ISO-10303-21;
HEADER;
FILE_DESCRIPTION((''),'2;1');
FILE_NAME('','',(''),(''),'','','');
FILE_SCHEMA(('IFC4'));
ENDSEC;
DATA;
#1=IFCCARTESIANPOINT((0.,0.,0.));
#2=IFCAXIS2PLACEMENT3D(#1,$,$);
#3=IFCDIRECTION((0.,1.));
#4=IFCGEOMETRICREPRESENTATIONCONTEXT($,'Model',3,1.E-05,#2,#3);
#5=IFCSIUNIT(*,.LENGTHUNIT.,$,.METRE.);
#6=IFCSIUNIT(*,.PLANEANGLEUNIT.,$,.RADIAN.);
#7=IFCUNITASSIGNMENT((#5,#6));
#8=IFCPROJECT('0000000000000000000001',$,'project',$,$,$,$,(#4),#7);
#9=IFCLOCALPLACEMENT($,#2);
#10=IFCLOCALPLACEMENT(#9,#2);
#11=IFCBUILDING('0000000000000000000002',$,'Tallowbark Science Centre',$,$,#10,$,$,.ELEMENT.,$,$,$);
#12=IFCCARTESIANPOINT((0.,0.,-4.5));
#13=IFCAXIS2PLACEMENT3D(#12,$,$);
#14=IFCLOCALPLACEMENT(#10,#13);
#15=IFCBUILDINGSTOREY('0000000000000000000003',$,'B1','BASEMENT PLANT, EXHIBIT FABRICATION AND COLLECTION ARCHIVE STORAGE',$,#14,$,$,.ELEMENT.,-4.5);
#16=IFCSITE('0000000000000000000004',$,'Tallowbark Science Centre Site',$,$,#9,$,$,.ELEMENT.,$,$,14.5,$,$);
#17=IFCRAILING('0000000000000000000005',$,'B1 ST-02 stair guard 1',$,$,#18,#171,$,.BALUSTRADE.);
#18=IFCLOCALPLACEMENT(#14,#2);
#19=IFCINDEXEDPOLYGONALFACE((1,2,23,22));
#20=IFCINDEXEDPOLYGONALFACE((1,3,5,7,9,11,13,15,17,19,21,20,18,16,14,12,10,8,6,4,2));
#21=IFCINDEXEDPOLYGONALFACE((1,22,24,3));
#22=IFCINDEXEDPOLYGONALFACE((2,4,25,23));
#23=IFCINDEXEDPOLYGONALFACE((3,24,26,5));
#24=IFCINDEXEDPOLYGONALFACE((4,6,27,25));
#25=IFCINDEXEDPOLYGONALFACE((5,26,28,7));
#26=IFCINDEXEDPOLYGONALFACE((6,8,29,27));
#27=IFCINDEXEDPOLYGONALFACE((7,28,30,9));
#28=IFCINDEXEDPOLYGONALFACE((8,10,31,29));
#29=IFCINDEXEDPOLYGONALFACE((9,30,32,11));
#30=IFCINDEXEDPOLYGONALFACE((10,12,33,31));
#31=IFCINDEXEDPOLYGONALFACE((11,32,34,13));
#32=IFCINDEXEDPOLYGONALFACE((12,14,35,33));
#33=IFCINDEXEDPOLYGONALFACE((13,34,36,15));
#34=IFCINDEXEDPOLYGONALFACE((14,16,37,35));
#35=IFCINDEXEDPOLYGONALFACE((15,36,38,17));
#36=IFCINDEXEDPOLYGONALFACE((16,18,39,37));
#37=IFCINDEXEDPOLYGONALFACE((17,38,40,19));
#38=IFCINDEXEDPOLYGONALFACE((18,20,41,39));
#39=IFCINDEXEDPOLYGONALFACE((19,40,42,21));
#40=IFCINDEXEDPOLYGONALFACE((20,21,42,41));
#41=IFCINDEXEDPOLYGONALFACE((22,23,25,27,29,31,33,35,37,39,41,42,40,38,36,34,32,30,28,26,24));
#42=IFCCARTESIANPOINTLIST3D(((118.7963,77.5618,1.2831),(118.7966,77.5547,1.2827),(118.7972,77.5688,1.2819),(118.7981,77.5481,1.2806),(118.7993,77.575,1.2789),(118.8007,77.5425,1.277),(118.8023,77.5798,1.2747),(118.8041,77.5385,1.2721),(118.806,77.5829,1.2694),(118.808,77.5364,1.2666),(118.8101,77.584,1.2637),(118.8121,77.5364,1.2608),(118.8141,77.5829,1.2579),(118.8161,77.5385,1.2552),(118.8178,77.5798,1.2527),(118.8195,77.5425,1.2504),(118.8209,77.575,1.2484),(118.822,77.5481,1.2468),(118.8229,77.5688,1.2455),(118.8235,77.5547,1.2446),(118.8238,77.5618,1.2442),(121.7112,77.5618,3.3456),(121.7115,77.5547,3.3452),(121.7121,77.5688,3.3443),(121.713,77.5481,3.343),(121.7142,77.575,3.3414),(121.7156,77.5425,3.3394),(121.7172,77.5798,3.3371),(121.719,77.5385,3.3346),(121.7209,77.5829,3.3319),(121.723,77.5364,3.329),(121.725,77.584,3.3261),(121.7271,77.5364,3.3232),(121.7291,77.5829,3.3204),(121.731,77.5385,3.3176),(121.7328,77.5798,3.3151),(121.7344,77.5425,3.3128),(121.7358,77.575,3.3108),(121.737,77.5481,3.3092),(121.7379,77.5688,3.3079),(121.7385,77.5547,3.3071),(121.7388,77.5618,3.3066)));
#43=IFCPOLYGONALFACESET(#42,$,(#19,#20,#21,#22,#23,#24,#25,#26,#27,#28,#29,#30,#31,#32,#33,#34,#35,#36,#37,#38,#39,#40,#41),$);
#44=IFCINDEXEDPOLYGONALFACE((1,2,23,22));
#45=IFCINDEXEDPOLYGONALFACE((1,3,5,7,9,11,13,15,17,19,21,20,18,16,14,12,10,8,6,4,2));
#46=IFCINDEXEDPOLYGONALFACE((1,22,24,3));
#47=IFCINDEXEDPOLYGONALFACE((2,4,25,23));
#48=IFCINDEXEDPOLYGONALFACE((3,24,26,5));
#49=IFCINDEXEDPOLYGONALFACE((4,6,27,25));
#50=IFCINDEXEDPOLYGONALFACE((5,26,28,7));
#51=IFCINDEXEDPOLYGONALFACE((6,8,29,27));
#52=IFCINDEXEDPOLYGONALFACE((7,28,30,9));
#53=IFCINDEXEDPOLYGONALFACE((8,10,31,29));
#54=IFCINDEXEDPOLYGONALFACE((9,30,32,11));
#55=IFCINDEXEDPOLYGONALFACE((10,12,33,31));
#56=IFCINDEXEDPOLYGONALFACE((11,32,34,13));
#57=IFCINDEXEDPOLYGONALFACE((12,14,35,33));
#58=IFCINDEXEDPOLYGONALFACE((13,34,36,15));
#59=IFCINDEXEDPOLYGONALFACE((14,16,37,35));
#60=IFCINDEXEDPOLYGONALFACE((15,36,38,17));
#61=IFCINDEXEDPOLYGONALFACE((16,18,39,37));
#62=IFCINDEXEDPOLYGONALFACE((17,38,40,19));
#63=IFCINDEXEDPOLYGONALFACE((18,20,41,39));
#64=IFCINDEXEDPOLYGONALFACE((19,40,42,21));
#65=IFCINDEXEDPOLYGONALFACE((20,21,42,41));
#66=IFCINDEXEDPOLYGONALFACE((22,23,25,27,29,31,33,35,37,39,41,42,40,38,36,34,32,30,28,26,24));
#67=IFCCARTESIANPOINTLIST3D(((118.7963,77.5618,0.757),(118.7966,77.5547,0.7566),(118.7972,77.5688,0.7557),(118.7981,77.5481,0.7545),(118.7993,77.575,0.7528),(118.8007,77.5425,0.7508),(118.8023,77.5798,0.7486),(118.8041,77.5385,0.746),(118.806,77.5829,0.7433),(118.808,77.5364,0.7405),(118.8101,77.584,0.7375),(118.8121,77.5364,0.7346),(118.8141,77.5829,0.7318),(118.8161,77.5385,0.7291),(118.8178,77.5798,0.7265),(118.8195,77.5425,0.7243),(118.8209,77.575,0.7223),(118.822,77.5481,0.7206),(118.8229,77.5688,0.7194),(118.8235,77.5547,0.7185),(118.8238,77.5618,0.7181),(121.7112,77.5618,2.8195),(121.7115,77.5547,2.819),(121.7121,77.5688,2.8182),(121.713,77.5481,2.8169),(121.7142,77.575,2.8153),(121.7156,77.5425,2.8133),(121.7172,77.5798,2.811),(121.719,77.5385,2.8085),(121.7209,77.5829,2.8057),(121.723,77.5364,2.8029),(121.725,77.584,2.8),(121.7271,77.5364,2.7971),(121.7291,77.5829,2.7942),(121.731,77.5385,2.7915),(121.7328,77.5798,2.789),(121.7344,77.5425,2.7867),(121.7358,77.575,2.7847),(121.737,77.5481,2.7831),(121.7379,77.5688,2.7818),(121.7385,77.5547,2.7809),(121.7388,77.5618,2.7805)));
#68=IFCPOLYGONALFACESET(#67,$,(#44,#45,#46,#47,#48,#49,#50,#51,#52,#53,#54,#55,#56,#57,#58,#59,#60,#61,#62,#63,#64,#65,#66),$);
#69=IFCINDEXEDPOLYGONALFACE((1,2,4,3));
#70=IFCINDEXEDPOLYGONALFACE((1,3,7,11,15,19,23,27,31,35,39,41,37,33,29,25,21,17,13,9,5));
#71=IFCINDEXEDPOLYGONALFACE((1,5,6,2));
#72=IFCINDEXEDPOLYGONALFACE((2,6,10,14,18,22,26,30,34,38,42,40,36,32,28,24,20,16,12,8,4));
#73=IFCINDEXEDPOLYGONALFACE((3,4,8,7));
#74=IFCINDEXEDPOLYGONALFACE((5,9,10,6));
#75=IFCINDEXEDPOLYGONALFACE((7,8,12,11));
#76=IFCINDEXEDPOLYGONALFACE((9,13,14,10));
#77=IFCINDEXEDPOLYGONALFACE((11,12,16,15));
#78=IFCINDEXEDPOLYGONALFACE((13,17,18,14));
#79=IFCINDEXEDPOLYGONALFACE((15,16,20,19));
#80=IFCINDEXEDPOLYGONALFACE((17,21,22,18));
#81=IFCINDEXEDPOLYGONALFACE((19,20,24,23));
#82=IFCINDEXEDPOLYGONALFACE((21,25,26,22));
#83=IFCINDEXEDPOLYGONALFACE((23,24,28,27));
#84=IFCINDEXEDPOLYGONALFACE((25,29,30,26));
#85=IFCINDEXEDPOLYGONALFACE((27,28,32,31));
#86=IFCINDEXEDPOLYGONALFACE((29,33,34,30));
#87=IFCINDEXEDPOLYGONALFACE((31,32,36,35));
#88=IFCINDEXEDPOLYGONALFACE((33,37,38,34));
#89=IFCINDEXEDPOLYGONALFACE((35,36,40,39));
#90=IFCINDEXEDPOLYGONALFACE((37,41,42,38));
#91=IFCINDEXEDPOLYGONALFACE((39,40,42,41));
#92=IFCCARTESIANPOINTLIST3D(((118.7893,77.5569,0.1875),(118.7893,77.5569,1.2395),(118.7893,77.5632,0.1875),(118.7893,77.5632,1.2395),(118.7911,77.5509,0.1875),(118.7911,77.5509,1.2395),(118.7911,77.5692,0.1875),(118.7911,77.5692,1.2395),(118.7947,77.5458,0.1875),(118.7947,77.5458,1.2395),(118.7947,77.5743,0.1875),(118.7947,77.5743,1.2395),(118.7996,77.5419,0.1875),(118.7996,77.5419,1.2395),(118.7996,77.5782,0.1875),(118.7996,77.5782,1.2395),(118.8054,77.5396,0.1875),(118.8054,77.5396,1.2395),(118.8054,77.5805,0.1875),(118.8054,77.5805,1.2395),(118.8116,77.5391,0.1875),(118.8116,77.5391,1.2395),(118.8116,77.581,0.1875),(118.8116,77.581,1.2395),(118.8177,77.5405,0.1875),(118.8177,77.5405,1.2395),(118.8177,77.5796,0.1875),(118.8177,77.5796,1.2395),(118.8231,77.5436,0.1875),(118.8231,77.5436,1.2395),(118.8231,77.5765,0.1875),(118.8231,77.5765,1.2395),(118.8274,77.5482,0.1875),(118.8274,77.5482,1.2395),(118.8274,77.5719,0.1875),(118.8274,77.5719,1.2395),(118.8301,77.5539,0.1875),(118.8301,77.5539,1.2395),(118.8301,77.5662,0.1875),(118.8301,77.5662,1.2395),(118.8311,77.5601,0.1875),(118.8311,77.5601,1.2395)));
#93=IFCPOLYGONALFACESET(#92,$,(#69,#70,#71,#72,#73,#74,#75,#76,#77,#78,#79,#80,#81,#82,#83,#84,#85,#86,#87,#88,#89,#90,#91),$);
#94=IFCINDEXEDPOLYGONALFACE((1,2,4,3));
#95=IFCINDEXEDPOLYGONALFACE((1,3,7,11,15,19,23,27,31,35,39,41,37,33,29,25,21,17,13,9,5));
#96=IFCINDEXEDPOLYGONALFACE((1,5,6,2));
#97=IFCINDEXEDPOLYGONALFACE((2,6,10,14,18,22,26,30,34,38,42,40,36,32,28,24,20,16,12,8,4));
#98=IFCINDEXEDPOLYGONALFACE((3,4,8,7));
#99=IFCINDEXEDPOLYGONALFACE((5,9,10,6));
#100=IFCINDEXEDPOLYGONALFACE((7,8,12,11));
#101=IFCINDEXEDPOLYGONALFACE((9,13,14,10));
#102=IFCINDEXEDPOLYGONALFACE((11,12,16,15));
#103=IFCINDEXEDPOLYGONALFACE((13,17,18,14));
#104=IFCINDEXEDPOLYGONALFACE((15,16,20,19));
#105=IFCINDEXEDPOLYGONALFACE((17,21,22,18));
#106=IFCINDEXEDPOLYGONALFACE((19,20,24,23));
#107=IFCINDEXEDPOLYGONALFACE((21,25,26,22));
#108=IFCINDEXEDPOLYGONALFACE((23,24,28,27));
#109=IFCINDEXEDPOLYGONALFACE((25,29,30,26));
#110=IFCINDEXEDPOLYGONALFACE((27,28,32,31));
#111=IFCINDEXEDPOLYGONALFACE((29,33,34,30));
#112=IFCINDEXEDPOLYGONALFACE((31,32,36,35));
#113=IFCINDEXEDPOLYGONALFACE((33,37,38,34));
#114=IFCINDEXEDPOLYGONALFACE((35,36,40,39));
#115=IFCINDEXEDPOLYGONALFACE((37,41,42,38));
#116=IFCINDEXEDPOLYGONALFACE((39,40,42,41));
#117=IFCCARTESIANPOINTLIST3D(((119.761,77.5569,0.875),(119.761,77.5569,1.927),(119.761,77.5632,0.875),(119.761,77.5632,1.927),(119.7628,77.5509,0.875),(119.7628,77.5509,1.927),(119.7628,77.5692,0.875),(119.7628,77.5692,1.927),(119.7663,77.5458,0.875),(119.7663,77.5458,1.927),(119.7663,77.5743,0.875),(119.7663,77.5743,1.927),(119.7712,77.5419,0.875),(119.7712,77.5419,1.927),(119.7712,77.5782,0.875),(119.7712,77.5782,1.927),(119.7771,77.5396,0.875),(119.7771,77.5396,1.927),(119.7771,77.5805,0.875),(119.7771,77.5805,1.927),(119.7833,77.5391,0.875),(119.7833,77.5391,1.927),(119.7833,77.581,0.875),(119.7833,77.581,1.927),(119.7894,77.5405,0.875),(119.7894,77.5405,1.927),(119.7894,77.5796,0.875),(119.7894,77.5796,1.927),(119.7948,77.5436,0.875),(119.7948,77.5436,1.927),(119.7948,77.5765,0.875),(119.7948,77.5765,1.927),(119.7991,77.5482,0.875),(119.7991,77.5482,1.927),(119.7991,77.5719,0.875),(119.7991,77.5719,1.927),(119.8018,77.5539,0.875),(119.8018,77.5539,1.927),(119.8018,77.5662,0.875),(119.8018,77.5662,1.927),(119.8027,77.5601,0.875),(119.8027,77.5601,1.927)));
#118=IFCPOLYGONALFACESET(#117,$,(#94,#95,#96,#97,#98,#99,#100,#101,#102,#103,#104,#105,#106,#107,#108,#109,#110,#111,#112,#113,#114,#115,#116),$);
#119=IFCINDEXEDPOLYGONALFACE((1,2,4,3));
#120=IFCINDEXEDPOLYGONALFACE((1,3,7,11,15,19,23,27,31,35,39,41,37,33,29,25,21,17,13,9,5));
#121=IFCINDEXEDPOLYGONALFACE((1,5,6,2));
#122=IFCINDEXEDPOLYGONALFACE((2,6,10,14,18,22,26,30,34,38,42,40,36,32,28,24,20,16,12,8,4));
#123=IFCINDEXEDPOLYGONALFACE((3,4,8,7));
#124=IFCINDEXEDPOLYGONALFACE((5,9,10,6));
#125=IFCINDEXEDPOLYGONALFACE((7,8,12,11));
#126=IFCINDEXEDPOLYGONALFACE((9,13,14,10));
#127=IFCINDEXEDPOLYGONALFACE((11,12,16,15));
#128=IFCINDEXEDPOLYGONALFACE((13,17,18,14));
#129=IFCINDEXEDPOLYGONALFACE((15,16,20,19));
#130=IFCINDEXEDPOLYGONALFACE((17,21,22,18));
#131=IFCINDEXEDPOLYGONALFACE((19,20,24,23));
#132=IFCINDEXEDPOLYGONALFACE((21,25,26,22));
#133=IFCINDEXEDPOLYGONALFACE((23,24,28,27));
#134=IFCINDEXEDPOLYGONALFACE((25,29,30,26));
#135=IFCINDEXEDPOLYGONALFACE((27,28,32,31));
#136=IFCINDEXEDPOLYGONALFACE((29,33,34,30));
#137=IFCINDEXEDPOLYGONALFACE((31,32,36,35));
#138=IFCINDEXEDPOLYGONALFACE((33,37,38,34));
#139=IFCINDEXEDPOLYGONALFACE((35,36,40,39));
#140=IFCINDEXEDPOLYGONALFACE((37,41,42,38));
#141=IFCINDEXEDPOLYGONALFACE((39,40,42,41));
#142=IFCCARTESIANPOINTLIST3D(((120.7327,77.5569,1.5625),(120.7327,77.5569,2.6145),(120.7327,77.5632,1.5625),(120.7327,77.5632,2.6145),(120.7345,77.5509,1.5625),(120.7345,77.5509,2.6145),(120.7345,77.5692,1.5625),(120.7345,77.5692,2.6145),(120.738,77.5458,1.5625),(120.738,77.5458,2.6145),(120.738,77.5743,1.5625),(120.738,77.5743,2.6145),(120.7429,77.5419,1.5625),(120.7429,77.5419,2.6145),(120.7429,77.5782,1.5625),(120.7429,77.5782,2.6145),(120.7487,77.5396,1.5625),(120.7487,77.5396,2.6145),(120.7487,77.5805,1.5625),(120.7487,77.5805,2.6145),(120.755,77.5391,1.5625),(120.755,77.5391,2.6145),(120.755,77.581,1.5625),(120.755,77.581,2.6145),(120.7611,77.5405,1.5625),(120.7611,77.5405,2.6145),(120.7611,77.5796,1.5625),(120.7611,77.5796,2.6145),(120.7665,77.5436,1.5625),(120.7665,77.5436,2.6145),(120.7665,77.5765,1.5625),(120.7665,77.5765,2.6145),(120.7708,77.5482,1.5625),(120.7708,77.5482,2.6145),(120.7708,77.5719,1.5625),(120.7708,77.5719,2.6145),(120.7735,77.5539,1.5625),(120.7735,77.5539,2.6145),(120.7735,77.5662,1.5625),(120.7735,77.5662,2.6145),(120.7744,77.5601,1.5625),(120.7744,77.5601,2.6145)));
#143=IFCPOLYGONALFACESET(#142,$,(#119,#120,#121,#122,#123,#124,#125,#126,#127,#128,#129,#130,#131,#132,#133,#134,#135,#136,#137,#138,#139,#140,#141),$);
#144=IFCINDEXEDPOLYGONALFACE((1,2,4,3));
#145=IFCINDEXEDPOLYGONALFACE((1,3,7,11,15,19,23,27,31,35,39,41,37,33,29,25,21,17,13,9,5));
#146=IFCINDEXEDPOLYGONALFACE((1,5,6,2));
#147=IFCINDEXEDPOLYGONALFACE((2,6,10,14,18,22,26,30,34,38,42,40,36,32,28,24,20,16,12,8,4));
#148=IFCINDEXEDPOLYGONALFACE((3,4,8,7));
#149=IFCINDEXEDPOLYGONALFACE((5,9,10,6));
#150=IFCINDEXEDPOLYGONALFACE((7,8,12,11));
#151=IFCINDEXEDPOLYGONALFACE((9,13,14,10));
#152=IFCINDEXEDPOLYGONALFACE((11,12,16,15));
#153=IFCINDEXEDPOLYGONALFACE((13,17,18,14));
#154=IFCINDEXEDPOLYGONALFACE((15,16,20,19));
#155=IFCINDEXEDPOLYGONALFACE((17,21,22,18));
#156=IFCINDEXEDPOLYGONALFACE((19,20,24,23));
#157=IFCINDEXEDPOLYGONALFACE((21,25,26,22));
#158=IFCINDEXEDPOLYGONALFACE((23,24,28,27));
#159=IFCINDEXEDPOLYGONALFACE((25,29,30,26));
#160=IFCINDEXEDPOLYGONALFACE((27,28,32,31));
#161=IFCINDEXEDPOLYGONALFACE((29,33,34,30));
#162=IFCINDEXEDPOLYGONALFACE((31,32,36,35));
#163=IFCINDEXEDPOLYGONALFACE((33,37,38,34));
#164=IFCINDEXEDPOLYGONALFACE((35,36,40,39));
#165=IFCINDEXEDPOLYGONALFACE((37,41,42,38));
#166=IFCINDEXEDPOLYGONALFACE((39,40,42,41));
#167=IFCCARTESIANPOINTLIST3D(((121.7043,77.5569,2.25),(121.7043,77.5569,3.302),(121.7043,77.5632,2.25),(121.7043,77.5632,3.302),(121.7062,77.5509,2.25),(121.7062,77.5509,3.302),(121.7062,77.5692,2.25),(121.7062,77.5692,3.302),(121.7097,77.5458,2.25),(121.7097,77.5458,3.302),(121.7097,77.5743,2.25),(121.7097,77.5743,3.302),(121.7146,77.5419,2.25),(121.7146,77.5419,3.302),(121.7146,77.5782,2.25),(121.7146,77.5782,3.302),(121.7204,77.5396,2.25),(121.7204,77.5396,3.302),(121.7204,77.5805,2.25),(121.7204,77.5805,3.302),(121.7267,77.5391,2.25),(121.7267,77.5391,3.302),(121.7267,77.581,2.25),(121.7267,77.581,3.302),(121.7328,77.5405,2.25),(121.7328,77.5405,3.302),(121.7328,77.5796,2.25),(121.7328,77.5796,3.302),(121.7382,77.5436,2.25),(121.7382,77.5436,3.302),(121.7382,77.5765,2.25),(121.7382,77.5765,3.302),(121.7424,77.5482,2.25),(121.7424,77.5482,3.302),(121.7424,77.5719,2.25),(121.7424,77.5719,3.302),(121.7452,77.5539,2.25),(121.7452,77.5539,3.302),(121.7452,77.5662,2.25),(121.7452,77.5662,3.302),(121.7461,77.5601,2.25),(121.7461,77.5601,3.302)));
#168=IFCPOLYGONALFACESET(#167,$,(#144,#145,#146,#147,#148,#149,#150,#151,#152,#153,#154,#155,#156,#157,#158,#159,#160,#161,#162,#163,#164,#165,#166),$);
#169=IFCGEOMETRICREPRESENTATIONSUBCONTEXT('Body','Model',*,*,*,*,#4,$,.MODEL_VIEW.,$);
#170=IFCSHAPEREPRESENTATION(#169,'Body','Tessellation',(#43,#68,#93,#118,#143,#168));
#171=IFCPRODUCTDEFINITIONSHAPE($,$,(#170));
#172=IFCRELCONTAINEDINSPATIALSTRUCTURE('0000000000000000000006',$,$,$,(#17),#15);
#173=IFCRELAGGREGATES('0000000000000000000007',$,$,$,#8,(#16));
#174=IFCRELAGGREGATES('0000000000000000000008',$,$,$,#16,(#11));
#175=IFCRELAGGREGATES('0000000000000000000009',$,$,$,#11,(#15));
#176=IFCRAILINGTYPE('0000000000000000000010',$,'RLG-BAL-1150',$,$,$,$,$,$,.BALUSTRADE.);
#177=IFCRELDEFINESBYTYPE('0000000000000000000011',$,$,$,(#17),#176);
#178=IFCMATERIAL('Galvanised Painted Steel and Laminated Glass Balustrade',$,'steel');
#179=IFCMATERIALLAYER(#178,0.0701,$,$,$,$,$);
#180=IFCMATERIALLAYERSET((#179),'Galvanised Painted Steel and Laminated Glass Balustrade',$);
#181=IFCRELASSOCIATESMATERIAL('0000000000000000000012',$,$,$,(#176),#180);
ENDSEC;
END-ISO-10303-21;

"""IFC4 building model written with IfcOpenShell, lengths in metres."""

from ifc_helpers import new_model, si_unit, direction, frame, origin, origin_2d, place, context, subcontext, project, spatial, circle, extrude, material, layer, layer_set, type_object, element, save


model = new_model("IFC4")

# Units and contexts
model_context = context("Model", 3, precision=1e-05, world=origin(), true_north=direction((0.0, 1.0)))
body_context = subcontext(model_context, "Body", "Model", "MODEL_VIEW")
ifc_project = project(units=[si_unit("LENGTHUNIT", "METRE"), si_unit("PLANEANGLEUNIT", "RADIAN")], contexts=[model_context])

# Site, building, storey
site_placement = place(None, origin())
site = spatial("IfcSite", under=ifc_project, at=site_placement, Name="Tallowbark Science Centre Site", CompositionType="ELEMENT", RefElevation=14.5)
building_placement = place(site_placement, origin())
building = spatial("IfcBuilding", under=site, at=building_placement, Name="Tallowbark Science Centre", CompositionType="ELEMENT")
storey_placement = place(building_placement, frame((0.0, 0.0, -4.5)))
storey = spatial("IfcBuildingStorey", under=building, at=storey_placement, Name="B1", Description="BASEMENT PLANT, EXHIBIT FABRICATION AND COLLECTION ARCHIVE STORAGE", CompositionType="ELEMENT", Elevation=-4.5)

# Railing
ifc_material_1 = material(Name="Galvanised Painted Steel and Laminated Glass Balustrade", Category="steel")
ifc_layer_1 = layer(ifc_material_1, 0.0701)
ifc_layer_set_1 = layer_set([ifc_layer_1], Name="Galvanised Painted Steel and Laminated Glass Balustrade")
railing_type_1 = type_object("IfcRailingType", Name="RLG-BAL-1150", PredefinedType="BALUSTRADE", material=ifc_layer_set_1)
railing_1_placement = place(storey_placement, frame((118.8101, 77.5601, 0.1875)))
element("IfcRailing", 1, at=railing_1_placement, inside=storey, type_object=railing_type_1, Name="B1 ST-02 stair guard 1", PredefinedType="BALUSTRADE", context=body_context, shape_type="SweptSolid", body=[
    extrude(circle(Radius=0.0239, at=origin_2d()), frame((0.0, 0.0, 1.0762), z_axis=(0.816331, 0.0, 0.577585), x_axis=(0.0, 1.0, 0.0)), (0.0, 0.0, 1.0), 3.5708),
    extrude(circle(Radius=0.0239, at=origin_2d()), frame((0.0, 0.0, 0.55), z_axis=(0.816331, 0.0, 0.577585), x_axis=(0.0, 1.0, 0.0)), (0.0, 0.0, 1.0), 3.5708),
    extrude(circle(Radius=0.021, at=origin_2d()), origin(), (0.0, 0.0, 1.0), 1.052),
    extrude(circle(Radius=0.021, at=origin_2d()), frame((0.9717, 0.0, 0.6875)), (0.0, 0.0, 1.0), 1.052),
    extrude(circle(Radius=0.021, at=origin_2d()), frame((1.9434, 0.0, 1.375)), (0.0, 0.0, 1.0), 1.052),
    extrude(circle(Radius=0.021, at=origin_2d()), frame((2.915, 0.0, 2.0625)), (0.0, 0.0, 1.0), 1.052),
])

save(model, "model.ifc")
